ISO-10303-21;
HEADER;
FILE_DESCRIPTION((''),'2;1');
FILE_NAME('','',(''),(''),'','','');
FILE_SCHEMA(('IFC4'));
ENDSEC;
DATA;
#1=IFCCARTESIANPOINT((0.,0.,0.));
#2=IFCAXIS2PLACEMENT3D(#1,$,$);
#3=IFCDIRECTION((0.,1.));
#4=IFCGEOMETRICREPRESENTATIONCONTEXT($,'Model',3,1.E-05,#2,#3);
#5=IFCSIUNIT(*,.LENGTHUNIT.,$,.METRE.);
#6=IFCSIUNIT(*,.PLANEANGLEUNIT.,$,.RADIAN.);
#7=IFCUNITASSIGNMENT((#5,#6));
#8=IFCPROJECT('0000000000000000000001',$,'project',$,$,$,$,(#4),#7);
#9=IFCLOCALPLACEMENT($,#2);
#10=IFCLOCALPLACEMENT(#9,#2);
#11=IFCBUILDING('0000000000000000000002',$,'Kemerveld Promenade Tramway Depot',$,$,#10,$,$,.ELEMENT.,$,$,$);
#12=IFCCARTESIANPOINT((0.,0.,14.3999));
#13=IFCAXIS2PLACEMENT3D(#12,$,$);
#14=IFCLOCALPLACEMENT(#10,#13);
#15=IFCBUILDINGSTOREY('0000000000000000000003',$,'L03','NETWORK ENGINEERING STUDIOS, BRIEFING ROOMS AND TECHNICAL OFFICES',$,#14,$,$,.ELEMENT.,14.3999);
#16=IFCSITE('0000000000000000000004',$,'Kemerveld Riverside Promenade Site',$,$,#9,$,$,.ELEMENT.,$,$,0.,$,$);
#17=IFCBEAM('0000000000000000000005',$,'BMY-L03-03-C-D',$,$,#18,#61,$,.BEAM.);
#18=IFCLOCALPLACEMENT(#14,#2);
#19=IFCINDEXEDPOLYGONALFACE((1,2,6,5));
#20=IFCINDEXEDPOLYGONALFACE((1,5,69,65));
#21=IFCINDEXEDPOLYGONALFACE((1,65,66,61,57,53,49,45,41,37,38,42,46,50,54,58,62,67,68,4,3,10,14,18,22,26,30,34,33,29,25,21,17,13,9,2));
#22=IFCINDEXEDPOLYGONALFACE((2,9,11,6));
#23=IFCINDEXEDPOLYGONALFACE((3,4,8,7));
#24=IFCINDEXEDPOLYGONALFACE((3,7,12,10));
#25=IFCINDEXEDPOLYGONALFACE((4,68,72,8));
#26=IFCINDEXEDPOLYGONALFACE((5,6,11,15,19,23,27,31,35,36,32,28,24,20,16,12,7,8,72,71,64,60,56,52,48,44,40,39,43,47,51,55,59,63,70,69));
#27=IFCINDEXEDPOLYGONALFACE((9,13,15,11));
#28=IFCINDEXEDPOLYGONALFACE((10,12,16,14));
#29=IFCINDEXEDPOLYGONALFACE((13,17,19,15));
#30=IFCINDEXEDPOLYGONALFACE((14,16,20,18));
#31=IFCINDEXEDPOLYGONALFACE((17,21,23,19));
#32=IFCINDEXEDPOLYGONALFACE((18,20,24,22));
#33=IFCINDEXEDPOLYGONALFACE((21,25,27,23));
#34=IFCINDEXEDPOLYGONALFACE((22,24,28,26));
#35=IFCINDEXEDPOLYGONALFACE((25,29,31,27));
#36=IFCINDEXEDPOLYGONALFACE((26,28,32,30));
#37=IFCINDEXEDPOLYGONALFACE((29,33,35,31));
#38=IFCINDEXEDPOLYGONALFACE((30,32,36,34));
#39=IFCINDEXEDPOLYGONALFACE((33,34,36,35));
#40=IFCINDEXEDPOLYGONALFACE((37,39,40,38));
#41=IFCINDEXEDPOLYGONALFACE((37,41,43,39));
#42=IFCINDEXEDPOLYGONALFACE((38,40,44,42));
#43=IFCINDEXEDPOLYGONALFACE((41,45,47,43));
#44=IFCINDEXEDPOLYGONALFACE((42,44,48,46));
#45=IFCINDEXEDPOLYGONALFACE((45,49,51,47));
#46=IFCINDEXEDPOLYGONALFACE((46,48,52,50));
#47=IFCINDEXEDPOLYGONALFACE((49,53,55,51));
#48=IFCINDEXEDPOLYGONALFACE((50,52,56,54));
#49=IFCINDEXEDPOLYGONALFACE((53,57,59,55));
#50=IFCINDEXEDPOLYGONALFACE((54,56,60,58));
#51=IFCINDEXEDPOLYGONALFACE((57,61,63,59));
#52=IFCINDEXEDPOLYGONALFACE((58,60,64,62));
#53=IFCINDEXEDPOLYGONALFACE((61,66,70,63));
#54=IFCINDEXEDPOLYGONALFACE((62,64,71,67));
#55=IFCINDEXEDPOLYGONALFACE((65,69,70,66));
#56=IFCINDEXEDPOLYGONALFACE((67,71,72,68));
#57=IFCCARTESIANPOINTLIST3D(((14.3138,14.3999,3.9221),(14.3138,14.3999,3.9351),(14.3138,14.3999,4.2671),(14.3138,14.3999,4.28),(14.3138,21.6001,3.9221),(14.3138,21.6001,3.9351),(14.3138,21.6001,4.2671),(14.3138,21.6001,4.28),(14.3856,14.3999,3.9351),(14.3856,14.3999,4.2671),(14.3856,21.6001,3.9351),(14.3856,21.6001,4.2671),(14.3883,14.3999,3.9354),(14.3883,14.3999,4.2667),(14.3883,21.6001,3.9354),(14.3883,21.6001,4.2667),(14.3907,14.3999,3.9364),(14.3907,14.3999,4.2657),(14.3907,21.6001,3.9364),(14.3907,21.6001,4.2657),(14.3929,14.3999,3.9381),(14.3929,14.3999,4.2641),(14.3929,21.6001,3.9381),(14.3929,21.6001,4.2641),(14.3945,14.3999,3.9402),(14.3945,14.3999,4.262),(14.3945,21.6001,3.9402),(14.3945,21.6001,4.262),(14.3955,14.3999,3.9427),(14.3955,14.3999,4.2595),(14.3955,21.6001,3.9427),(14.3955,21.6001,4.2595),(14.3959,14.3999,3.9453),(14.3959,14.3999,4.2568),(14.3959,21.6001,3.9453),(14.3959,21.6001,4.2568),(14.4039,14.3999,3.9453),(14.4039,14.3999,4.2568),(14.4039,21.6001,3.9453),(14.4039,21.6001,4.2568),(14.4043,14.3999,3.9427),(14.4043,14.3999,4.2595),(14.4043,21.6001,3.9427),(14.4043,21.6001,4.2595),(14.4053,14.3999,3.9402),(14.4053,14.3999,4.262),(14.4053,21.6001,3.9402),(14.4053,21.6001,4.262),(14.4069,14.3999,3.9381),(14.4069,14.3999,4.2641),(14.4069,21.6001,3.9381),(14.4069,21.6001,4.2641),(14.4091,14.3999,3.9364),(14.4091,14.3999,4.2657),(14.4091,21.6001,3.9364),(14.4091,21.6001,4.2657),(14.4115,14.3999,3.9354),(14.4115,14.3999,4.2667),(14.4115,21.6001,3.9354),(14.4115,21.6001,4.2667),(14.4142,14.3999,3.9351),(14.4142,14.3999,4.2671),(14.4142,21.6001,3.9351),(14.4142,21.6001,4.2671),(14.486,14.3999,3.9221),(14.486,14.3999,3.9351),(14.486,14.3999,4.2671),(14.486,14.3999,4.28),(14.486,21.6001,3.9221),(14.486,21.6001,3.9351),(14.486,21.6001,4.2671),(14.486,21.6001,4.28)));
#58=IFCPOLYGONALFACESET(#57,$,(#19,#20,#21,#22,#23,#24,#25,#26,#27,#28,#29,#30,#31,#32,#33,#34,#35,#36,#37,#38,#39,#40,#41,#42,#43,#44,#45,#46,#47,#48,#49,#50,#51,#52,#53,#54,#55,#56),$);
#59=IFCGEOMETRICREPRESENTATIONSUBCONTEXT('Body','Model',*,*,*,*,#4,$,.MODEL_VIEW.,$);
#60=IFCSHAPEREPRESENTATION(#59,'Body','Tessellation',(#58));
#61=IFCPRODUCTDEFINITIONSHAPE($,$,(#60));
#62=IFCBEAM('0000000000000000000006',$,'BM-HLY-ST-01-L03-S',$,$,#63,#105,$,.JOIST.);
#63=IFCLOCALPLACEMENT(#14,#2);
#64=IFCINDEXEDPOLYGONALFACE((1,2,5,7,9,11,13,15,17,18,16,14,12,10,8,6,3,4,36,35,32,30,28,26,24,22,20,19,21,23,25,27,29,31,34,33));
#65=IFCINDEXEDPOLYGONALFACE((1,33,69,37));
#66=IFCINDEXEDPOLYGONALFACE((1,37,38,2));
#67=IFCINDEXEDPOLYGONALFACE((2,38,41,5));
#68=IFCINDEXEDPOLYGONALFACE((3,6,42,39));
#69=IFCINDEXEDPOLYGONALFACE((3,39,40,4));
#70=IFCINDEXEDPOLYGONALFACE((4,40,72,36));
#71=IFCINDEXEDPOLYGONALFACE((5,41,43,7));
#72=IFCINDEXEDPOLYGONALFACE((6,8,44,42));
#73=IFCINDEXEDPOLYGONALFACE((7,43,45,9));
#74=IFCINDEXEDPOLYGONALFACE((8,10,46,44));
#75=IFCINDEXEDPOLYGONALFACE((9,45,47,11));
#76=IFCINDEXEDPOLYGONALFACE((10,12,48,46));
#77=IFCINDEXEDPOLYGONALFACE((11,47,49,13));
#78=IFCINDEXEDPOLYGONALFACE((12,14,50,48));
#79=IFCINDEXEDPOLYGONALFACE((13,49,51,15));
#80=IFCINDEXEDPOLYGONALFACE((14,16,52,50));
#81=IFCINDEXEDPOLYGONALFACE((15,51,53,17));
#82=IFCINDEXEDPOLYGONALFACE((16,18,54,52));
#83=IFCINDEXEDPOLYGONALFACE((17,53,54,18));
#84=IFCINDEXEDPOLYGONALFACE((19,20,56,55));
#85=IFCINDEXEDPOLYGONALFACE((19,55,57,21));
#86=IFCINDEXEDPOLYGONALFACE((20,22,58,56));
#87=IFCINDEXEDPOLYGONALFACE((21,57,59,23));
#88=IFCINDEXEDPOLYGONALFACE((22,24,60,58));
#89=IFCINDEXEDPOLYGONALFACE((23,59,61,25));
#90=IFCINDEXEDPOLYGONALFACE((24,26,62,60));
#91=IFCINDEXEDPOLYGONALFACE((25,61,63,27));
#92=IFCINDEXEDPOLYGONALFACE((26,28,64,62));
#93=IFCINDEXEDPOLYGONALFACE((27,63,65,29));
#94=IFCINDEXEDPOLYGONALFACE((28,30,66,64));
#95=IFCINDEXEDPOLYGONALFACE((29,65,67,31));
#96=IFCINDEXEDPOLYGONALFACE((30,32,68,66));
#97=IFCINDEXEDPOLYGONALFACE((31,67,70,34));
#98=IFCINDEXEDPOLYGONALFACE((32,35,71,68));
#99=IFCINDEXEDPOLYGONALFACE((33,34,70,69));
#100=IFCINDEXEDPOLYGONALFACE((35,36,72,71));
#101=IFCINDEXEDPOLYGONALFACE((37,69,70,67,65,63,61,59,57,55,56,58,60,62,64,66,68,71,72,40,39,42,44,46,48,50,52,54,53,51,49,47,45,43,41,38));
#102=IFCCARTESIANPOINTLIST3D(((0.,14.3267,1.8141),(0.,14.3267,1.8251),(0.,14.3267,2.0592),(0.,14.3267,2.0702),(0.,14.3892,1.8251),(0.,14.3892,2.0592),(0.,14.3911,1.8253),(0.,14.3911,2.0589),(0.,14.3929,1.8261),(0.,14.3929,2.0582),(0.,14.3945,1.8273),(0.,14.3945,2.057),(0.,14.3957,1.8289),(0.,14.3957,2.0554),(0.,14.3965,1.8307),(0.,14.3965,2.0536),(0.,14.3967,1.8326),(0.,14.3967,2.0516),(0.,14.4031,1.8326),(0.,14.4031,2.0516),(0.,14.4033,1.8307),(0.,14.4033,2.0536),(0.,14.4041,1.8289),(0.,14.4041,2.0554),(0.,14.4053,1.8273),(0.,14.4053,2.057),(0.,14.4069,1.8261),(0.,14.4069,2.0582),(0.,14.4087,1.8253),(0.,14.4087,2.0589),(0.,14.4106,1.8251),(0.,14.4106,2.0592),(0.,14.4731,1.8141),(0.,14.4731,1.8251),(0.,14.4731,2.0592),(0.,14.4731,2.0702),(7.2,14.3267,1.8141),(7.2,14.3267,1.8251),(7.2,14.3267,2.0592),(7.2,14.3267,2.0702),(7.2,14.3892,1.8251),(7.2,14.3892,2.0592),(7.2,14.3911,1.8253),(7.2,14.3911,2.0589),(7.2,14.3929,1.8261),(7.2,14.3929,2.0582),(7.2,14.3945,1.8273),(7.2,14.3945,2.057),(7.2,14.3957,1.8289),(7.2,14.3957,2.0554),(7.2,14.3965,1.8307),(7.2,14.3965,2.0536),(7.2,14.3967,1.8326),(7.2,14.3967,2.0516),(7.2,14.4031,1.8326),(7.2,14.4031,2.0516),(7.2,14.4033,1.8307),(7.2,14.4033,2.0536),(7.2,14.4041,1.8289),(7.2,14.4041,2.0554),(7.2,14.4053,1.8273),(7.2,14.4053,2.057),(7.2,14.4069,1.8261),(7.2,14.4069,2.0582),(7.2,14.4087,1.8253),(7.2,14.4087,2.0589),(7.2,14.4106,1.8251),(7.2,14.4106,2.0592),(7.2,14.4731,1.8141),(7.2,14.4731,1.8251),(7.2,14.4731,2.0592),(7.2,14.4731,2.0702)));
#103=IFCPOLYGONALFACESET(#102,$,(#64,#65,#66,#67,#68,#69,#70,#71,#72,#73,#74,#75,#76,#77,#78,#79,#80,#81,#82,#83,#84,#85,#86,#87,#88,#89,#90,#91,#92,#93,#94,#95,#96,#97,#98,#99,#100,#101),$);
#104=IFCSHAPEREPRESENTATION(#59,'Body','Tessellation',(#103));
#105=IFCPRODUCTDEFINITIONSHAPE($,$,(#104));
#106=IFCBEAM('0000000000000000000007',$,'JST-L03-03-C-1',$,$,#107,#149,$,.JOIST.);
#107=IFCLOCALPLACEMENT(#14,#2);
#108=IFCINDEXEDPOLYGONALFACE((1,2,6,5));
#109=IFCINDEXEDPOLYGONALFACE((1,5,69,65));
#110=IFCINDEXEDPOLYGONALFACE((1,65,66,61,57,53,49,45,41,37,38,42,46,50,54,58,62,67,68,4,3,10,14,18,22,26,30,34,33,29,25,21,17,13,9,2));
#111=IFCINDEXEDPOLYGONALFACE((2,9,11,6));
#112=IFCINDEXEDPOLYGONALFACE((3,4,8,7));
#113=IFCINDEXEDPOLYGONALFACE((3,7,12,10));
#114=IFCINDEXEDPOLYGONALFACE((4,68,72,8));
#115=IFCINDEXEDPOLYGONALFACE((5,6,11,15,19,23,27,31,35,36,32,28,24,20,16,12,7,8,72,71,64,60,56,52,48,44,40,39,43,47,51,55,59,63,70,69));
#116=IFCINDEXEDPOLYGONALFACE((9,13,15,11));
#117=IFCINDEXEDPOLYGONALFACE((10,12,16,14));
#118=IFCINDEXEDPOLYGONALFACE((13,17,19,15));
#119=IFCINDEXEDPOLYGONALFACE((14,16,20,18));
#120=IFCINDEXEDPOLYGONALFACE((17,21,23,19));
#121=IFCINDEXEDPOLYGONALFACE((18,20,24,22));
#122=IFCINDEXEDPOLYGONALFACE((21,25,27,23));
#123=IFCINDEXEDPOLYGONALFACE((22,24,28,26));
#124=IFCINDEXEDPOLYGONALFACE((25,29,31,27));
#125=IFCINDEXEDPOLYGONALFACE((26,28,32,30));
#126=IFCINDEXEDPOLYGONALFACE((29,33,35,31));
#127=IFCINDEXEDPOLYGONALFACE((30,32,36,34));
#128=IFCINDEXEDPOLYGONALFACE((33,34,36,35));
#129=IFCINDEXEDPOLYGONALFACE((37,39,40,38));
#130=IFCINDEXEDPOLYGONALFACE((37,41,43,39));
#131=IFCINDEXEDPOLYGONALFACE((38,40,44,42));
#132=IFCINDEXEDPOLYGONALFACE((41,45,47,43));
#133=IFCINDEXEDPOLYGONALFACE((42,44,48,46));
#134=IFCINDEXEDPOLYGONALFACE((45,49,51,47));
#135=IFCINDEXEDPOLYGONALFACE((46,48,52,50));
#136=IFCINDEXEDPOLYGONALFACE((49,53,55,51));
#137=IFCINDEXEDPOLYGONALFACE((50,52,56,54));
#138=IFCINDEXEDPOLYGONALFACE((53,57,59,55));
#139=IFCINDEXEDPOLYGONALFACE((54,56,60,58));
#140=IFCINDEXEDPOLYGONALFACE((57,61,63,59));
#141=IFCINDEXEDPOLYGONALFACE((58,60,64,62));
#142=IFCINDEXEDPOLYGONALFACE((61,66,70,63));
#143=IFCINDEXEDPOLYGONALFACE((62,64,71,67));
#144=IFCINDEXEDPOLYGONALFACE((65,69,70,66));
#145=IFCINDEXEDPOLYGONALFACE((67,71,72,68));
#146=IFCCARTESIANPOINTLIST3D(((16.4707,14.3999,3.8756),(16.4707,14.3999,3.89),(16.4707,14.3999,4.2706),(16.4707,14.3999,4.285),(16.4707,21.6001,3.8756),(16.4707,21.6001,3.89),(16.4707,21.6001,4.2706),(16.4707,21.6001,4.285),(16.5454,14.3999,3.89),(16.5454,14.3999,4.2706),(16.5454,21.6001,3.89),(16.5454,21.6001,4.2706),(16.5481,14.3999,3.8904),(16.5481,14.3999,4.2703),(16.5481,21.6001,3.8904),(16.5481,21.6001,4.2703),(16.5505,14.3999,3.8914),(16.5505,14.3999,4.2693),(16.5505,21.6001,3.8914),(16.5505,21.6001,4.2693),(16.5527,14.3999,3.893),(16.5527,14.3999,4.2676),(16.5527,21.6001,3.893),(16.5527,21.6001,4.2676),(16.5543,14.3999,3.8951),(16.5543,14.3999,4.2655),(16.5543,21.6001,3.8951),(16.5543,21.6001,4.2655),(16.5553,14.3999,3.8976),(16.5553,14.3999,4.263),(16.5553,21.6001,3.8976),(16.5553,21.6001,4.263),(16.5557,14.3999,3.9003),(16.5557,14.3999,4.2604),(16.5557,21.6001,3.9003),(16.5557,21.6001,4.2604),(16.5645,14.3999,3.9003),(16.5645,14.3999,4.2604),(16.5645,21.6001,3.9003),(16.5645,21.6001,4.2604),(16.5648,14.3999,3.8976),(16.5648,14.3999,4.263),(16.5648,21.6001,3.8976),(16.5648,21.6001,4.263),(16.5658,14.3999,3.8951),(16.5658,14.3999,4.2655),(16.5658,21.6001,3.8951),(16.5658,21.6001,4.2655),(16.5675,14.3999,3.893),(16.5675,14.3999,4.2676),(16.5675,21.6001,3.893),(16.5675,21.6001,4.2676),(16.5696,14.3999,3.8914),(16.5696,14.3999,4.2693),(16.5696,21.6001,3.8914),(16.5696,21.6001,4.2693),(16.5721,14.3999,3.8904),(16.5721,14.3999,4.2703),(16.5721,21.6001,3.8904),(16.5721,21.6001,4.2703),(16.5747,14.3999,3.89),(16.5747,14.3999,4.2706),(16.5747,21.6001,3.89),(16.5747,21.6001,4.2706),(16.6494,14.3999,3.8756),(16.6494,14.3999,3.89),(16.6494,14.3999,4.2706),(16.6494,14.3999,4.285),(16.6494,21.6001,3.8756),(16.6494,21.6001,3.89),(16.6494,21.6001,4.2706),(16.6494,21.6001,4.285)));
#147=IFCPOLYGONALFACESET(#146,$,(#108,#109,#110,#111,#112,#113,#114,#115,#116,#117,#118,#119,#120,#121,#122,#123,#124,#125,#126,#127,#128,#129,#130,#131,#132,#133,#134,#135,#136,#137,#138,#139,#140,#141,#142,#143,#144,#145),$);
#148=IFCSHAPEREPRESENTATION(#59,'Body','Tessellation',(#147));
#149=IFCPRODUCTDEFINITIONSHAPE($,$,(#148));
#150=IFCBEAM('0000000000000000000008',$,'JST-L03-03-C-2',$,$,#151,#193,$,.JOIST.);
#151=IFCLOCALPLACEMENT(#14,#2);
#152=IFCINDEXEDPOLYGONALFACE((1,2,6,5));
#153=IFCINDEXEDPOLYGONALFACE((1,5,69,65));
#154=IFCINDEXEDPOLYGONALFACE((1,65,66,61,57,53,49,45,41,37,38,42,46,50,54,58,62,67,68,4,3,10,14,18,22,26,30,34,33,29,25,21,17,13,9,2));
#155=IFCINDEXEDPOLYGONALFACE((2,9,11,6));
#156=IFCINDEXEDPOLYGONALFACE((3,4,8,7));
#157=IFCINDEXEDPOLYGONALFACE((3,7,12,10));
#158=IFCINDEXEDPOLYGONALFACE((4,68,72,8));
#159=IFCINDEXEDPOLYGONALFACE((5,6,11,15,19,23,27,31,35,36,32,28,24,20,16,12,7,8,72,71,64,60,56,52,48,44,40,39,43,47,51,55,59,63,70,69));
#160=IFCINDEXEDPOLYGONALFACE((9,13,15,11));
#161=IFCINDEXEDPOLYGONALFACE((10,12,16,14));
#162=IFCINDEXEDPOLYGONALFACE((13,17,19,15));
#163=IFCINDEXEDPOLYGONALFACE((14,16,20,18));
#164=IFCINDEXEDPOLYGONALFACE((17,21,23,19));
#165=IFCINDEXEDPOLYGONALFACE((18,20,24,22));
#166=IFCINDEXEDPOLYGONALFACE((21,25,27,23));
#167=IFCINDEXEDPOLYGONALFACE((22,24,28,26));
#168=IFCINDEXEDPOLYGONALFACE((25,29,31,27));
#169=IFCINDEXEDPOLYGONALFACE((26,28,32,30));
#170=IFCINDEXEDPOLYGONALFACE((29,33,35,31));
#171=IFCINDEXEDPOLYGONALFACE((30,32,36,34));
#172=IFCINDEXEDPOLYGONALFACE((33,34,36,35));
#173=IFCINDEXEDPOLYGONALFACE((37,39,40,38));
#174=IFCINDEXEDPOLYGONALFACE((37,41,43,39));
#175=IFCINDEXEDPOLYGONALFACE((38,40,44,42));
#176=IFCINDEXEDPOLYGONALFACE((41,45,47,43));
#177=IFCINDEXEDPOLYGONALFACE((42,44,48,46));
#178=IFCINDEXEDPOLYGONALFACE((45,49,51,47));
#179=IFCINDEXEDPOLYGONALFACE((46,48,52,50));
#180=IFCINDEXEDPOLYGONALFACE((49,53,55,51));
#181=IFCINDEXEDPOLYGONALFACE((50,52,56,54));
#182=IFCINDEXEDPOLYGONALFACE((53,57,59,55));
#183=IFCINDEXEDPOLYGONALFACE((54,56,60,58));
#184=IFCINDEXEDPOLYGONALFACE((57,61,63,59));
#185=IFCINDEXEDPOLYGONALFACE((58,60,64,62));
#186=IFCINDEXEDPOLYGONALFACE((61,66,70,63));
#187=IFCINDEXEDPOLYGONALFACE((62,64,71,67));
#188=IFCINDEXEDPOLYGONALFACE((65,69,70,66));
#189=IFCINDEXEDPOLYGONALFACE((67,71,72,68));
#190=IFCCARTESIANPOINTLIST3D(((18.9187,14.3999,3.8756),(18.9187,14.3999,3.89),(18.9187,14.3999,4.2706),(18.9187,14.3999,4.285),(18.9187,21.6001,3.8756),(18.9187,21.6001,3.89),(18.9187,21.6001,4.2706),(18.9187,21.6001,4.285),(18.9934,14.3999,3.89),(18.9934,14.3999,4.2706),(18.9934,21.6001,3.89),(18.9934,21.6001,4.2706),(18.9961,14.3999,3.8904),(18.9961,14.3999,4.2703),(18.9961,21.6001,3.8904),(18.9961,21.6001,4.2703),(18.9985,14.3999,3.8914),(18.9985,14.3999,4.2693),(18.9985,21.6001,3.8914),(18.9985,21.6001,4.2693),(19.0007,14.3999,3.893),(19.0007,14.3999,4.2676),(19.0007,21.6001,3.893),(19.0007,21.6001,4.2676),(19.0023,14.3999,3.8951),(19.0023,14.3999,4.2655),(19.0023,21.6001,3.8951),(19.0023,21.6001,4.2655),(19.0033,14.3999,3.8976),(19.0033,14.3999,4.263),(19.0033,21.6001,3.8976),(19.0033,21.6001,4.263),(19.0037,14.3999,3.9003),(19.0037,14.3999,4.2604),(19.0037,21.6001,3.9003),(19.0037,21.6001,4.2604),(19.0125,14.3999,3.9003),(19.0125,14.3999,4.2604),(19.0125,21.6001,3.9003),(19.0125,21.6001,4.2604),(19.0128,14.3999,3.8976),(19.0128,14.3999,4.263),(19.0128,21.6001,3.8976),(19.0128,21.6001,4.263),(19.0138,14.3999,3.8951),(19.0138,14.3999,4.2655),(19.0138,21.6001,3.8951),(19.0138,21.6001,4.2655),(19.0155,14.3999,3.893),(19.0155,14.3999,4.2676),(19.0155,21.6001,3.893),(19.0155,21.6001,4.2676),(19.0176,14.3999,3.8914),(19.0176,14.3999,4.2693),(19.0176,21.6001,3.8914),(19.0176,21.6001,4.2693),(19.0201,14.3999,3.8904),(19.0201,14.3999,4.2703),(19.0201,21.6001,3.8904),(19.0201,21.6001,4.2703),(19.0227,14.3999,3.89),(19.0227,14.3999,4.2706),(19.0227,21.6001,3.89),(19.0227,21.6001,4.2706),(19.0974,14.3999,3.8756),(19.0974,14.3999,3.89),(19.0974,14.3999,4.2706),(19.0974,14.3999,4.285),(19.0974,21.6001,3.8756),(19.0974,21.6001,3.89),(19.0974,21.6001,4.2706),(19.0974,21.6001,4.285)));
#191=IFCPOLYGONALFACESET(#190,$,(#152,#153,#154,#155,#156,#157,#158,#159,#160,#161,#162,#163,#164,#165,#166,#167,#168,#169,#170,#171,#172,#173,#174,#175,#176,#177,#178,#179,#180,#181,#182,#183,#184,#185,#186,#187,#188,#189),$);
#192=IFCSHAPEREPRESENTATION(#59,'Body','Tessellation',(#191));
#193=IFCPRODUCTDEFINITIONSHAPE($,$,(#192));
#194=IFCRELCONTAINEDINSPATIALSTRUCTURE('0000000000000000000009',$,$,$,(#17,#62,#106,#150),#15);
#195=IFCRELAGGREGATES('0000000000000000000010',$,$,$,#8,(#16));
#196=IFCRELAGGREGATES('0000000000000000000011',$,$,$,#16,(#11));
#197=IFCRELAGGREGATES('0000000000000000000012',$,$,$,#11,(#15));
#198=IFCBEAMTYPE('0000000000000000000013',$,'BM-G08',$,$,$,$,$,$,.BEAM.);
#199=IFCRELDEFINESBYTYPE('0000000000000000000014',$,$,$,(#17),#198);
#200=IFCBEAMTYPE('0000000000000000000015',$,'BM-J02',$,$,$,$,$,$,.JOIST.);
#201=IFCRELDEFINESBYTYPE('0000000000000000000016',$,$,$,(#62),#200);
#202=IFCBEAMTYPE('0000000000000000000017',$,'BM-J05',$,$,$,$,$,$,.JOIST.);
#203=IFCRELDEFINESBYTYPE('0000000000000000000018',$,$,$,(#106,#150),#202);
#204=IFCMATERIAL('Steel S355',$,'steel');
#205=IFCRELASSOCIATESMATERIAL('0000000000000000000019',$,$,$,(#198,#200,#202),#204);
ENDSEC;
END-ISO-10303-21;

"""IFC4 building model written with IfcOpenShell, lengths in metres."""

from ifc_helpers import new_model, si_unit, direction, frame, origin, origin_2d, place, context, subcontext, project, spatial, i_section, extrude, material, material_profile, profile_set, type_object, element, save


model = new_model("IFC4")

# Units and contexts
model_context = context("Model", 3, precision=1e-05, world=origin(), true_north=direction((0.0, 1.0)))
body_context = subcontext(model_context, "Body", "Model", "MODEL_VIEW")
ifc_project = project(units=[si_unit("LENGTHUNIT", "METRE"), si_unit("PLANEANGLEUNIT", "RADIAN")], contexts=[model_context])

# Site, building, storey
site_placement = place(None, origin())
site = spatial("IfcSite", under=ifc_project, at=site_placement, Name="Kemerveld Riverside Promenade Site", CompositionType="ELEMENT", RefElevation=0.0)
building_placement = place(site_placement, origin())
building = spatial("IfcBuilding", under=site, at=building_placement, Name="Kemerveld Promenade Tramway Depot", CompositionType="ELEMENT")
storey_placement = place(building_placement, frame((0.0, 0.0, 14.3999)))
storey = spatial("IfcBuildingStorey", under=building, at=storey_placement, Name="L03", Description="NETWORK ENGINEERING STUDIOS, BRIEFING ROOMS AND TECHNICAL OFFICES", CompositionType="ELEMENT", Elevation=14.3999)

# Shared definitions
ifc_material_1 = material(Name="Steel S355", Category="steel")

# Beams
ifc_material_profile_1 = material_profile(ifc_material_1, i_section(OverallWidth=0.1721, OverallDepth=0.3579, WebThickness=0.0081, FlangeThickness=0.0129, FilletRadius=0.0103, at=origin_2d()), Name="356x171x57 UB")
ifc_profile_set_1 = profile_set([ifc_material_profile_1], Name="Steel S355")
beam_type_1 = type_object("IfcBeamType", Name="BM-G08", PredefinedType="BEAM", material=ifc_profile_set_1)
for number, where, z_axis, x_axis, name in (
    (1, (14.3999, 14.3999, 4.1011), (0.0, 1.0, 0.0), (-1.0, 0.0, 0.0), "BMY-L03-03-C-D"),
):
    element("IfcBeam", number, at=place(storey_placement, frame(where, z_axis=z_axis, x_axis=x_axis)), inside=storey, type_object=beam_type_1, Name=name, PredefinedType="BEAM", context=body_context, shape_type="SweptSolid", body=[
        extrude(i_section(OverallWidth=0.1721, OverallDepth=0.3579, WebThickness=0.0081, FlangeThickness=0.0129, FilletRadius=0.0103, at=origin_2d()), origin(), (0.0, 0.0, 1.0), 7.2002),
    ])
ifc_material_profile_2 = material_profile(ifc_material_1, i_section(OverallWidth=0.1465, OverallDepth=0.2561, WebThickness=0.0063, FlangeThickness=0.011, FilletRadius=0.0076, at=origin_2d()), Name="254x146x37 UB")
ifc_profile_set_2 = profile_set([ifc_material_profile_2], Name="Steel S355")
beam_type_2 = type_object("IfcBeamType", Name="BM-J02", PredefinedType="JOIST", material=ifc_profile_set_2)
beam_1_placement = place(storey_placement, frame((0.0, 14.3999, 1.9421), z_axis=(1.0, 0.0, 0.0), x_axis=(0.0, 1.0, 0.0)))
element("IfcBeam", 2, at=beam_1_placement, inside=storey, type_object=beam_type_2, Name="BM-HLY-ST-01-L03-S", PredefinedType="JOIST", context=body_context, shape_type="SweptSolid", body=[
    extrude(i_section(OverallWidth=0.1465, OverallDepth=0.2561, WebThickness=0.0063, FlangeThickness=0.011, FilletRadius=0.0076, at=origin_2d()), origin(), (0.0, 0.0, 1.0), 7.2),
])
ifc_material_profile_3 = material_profile(ifc_material_1, i_section(OverallWidth=0.1787, OverallDepth=0.4094, WebThickness=0.0088, FlangeThickness=0.0144, FilletRadius=0.0103, at=origin_2d()), Name="406x178x67 UB")
ifc_profile_set_3 = profile_set([ifc_material_profile_3], Name="Steel S355")
beam_type_3 = type_object("IfcBeamType", Name="BM-J05", PredefinedType="JOIST", material=ifc_profile_set_3)
for number, where, z_axis, x_axis, name in (
    (3, (16.5601, 14.3999, 4.0803), (0.0, 1.0, 0.0), (-1.0, 0.0, 0.0), "JST-L03-03-C-1"),
    (4, (19.0081, 14.3999, 4.0803), (0.0, 1.0, 0.0), (-1.0, 0.0, 0.0), "JST-L03-03-C-2"),
):
    element("IfcBeam", number, at=place(storey_placement, frame(where, z_axis=z_axis, x_axis=x_axis)), inside=storey, type_object=beam_type_3, Name=name, PredefinedType="JOIST", context=body_context, shape_type="SweptSolid", body=[
        extrude(i_section(OverallWidth=0.1787, OverallDepth=0.4094, WebThickness=0.0088, FlangeThickness=0.0144, FilletRadius=0.0103, at=origin_2d()), origin(), (0.0, 0.0, 1.0), 7.2002),
    ])

save(model, "model.ifc")
